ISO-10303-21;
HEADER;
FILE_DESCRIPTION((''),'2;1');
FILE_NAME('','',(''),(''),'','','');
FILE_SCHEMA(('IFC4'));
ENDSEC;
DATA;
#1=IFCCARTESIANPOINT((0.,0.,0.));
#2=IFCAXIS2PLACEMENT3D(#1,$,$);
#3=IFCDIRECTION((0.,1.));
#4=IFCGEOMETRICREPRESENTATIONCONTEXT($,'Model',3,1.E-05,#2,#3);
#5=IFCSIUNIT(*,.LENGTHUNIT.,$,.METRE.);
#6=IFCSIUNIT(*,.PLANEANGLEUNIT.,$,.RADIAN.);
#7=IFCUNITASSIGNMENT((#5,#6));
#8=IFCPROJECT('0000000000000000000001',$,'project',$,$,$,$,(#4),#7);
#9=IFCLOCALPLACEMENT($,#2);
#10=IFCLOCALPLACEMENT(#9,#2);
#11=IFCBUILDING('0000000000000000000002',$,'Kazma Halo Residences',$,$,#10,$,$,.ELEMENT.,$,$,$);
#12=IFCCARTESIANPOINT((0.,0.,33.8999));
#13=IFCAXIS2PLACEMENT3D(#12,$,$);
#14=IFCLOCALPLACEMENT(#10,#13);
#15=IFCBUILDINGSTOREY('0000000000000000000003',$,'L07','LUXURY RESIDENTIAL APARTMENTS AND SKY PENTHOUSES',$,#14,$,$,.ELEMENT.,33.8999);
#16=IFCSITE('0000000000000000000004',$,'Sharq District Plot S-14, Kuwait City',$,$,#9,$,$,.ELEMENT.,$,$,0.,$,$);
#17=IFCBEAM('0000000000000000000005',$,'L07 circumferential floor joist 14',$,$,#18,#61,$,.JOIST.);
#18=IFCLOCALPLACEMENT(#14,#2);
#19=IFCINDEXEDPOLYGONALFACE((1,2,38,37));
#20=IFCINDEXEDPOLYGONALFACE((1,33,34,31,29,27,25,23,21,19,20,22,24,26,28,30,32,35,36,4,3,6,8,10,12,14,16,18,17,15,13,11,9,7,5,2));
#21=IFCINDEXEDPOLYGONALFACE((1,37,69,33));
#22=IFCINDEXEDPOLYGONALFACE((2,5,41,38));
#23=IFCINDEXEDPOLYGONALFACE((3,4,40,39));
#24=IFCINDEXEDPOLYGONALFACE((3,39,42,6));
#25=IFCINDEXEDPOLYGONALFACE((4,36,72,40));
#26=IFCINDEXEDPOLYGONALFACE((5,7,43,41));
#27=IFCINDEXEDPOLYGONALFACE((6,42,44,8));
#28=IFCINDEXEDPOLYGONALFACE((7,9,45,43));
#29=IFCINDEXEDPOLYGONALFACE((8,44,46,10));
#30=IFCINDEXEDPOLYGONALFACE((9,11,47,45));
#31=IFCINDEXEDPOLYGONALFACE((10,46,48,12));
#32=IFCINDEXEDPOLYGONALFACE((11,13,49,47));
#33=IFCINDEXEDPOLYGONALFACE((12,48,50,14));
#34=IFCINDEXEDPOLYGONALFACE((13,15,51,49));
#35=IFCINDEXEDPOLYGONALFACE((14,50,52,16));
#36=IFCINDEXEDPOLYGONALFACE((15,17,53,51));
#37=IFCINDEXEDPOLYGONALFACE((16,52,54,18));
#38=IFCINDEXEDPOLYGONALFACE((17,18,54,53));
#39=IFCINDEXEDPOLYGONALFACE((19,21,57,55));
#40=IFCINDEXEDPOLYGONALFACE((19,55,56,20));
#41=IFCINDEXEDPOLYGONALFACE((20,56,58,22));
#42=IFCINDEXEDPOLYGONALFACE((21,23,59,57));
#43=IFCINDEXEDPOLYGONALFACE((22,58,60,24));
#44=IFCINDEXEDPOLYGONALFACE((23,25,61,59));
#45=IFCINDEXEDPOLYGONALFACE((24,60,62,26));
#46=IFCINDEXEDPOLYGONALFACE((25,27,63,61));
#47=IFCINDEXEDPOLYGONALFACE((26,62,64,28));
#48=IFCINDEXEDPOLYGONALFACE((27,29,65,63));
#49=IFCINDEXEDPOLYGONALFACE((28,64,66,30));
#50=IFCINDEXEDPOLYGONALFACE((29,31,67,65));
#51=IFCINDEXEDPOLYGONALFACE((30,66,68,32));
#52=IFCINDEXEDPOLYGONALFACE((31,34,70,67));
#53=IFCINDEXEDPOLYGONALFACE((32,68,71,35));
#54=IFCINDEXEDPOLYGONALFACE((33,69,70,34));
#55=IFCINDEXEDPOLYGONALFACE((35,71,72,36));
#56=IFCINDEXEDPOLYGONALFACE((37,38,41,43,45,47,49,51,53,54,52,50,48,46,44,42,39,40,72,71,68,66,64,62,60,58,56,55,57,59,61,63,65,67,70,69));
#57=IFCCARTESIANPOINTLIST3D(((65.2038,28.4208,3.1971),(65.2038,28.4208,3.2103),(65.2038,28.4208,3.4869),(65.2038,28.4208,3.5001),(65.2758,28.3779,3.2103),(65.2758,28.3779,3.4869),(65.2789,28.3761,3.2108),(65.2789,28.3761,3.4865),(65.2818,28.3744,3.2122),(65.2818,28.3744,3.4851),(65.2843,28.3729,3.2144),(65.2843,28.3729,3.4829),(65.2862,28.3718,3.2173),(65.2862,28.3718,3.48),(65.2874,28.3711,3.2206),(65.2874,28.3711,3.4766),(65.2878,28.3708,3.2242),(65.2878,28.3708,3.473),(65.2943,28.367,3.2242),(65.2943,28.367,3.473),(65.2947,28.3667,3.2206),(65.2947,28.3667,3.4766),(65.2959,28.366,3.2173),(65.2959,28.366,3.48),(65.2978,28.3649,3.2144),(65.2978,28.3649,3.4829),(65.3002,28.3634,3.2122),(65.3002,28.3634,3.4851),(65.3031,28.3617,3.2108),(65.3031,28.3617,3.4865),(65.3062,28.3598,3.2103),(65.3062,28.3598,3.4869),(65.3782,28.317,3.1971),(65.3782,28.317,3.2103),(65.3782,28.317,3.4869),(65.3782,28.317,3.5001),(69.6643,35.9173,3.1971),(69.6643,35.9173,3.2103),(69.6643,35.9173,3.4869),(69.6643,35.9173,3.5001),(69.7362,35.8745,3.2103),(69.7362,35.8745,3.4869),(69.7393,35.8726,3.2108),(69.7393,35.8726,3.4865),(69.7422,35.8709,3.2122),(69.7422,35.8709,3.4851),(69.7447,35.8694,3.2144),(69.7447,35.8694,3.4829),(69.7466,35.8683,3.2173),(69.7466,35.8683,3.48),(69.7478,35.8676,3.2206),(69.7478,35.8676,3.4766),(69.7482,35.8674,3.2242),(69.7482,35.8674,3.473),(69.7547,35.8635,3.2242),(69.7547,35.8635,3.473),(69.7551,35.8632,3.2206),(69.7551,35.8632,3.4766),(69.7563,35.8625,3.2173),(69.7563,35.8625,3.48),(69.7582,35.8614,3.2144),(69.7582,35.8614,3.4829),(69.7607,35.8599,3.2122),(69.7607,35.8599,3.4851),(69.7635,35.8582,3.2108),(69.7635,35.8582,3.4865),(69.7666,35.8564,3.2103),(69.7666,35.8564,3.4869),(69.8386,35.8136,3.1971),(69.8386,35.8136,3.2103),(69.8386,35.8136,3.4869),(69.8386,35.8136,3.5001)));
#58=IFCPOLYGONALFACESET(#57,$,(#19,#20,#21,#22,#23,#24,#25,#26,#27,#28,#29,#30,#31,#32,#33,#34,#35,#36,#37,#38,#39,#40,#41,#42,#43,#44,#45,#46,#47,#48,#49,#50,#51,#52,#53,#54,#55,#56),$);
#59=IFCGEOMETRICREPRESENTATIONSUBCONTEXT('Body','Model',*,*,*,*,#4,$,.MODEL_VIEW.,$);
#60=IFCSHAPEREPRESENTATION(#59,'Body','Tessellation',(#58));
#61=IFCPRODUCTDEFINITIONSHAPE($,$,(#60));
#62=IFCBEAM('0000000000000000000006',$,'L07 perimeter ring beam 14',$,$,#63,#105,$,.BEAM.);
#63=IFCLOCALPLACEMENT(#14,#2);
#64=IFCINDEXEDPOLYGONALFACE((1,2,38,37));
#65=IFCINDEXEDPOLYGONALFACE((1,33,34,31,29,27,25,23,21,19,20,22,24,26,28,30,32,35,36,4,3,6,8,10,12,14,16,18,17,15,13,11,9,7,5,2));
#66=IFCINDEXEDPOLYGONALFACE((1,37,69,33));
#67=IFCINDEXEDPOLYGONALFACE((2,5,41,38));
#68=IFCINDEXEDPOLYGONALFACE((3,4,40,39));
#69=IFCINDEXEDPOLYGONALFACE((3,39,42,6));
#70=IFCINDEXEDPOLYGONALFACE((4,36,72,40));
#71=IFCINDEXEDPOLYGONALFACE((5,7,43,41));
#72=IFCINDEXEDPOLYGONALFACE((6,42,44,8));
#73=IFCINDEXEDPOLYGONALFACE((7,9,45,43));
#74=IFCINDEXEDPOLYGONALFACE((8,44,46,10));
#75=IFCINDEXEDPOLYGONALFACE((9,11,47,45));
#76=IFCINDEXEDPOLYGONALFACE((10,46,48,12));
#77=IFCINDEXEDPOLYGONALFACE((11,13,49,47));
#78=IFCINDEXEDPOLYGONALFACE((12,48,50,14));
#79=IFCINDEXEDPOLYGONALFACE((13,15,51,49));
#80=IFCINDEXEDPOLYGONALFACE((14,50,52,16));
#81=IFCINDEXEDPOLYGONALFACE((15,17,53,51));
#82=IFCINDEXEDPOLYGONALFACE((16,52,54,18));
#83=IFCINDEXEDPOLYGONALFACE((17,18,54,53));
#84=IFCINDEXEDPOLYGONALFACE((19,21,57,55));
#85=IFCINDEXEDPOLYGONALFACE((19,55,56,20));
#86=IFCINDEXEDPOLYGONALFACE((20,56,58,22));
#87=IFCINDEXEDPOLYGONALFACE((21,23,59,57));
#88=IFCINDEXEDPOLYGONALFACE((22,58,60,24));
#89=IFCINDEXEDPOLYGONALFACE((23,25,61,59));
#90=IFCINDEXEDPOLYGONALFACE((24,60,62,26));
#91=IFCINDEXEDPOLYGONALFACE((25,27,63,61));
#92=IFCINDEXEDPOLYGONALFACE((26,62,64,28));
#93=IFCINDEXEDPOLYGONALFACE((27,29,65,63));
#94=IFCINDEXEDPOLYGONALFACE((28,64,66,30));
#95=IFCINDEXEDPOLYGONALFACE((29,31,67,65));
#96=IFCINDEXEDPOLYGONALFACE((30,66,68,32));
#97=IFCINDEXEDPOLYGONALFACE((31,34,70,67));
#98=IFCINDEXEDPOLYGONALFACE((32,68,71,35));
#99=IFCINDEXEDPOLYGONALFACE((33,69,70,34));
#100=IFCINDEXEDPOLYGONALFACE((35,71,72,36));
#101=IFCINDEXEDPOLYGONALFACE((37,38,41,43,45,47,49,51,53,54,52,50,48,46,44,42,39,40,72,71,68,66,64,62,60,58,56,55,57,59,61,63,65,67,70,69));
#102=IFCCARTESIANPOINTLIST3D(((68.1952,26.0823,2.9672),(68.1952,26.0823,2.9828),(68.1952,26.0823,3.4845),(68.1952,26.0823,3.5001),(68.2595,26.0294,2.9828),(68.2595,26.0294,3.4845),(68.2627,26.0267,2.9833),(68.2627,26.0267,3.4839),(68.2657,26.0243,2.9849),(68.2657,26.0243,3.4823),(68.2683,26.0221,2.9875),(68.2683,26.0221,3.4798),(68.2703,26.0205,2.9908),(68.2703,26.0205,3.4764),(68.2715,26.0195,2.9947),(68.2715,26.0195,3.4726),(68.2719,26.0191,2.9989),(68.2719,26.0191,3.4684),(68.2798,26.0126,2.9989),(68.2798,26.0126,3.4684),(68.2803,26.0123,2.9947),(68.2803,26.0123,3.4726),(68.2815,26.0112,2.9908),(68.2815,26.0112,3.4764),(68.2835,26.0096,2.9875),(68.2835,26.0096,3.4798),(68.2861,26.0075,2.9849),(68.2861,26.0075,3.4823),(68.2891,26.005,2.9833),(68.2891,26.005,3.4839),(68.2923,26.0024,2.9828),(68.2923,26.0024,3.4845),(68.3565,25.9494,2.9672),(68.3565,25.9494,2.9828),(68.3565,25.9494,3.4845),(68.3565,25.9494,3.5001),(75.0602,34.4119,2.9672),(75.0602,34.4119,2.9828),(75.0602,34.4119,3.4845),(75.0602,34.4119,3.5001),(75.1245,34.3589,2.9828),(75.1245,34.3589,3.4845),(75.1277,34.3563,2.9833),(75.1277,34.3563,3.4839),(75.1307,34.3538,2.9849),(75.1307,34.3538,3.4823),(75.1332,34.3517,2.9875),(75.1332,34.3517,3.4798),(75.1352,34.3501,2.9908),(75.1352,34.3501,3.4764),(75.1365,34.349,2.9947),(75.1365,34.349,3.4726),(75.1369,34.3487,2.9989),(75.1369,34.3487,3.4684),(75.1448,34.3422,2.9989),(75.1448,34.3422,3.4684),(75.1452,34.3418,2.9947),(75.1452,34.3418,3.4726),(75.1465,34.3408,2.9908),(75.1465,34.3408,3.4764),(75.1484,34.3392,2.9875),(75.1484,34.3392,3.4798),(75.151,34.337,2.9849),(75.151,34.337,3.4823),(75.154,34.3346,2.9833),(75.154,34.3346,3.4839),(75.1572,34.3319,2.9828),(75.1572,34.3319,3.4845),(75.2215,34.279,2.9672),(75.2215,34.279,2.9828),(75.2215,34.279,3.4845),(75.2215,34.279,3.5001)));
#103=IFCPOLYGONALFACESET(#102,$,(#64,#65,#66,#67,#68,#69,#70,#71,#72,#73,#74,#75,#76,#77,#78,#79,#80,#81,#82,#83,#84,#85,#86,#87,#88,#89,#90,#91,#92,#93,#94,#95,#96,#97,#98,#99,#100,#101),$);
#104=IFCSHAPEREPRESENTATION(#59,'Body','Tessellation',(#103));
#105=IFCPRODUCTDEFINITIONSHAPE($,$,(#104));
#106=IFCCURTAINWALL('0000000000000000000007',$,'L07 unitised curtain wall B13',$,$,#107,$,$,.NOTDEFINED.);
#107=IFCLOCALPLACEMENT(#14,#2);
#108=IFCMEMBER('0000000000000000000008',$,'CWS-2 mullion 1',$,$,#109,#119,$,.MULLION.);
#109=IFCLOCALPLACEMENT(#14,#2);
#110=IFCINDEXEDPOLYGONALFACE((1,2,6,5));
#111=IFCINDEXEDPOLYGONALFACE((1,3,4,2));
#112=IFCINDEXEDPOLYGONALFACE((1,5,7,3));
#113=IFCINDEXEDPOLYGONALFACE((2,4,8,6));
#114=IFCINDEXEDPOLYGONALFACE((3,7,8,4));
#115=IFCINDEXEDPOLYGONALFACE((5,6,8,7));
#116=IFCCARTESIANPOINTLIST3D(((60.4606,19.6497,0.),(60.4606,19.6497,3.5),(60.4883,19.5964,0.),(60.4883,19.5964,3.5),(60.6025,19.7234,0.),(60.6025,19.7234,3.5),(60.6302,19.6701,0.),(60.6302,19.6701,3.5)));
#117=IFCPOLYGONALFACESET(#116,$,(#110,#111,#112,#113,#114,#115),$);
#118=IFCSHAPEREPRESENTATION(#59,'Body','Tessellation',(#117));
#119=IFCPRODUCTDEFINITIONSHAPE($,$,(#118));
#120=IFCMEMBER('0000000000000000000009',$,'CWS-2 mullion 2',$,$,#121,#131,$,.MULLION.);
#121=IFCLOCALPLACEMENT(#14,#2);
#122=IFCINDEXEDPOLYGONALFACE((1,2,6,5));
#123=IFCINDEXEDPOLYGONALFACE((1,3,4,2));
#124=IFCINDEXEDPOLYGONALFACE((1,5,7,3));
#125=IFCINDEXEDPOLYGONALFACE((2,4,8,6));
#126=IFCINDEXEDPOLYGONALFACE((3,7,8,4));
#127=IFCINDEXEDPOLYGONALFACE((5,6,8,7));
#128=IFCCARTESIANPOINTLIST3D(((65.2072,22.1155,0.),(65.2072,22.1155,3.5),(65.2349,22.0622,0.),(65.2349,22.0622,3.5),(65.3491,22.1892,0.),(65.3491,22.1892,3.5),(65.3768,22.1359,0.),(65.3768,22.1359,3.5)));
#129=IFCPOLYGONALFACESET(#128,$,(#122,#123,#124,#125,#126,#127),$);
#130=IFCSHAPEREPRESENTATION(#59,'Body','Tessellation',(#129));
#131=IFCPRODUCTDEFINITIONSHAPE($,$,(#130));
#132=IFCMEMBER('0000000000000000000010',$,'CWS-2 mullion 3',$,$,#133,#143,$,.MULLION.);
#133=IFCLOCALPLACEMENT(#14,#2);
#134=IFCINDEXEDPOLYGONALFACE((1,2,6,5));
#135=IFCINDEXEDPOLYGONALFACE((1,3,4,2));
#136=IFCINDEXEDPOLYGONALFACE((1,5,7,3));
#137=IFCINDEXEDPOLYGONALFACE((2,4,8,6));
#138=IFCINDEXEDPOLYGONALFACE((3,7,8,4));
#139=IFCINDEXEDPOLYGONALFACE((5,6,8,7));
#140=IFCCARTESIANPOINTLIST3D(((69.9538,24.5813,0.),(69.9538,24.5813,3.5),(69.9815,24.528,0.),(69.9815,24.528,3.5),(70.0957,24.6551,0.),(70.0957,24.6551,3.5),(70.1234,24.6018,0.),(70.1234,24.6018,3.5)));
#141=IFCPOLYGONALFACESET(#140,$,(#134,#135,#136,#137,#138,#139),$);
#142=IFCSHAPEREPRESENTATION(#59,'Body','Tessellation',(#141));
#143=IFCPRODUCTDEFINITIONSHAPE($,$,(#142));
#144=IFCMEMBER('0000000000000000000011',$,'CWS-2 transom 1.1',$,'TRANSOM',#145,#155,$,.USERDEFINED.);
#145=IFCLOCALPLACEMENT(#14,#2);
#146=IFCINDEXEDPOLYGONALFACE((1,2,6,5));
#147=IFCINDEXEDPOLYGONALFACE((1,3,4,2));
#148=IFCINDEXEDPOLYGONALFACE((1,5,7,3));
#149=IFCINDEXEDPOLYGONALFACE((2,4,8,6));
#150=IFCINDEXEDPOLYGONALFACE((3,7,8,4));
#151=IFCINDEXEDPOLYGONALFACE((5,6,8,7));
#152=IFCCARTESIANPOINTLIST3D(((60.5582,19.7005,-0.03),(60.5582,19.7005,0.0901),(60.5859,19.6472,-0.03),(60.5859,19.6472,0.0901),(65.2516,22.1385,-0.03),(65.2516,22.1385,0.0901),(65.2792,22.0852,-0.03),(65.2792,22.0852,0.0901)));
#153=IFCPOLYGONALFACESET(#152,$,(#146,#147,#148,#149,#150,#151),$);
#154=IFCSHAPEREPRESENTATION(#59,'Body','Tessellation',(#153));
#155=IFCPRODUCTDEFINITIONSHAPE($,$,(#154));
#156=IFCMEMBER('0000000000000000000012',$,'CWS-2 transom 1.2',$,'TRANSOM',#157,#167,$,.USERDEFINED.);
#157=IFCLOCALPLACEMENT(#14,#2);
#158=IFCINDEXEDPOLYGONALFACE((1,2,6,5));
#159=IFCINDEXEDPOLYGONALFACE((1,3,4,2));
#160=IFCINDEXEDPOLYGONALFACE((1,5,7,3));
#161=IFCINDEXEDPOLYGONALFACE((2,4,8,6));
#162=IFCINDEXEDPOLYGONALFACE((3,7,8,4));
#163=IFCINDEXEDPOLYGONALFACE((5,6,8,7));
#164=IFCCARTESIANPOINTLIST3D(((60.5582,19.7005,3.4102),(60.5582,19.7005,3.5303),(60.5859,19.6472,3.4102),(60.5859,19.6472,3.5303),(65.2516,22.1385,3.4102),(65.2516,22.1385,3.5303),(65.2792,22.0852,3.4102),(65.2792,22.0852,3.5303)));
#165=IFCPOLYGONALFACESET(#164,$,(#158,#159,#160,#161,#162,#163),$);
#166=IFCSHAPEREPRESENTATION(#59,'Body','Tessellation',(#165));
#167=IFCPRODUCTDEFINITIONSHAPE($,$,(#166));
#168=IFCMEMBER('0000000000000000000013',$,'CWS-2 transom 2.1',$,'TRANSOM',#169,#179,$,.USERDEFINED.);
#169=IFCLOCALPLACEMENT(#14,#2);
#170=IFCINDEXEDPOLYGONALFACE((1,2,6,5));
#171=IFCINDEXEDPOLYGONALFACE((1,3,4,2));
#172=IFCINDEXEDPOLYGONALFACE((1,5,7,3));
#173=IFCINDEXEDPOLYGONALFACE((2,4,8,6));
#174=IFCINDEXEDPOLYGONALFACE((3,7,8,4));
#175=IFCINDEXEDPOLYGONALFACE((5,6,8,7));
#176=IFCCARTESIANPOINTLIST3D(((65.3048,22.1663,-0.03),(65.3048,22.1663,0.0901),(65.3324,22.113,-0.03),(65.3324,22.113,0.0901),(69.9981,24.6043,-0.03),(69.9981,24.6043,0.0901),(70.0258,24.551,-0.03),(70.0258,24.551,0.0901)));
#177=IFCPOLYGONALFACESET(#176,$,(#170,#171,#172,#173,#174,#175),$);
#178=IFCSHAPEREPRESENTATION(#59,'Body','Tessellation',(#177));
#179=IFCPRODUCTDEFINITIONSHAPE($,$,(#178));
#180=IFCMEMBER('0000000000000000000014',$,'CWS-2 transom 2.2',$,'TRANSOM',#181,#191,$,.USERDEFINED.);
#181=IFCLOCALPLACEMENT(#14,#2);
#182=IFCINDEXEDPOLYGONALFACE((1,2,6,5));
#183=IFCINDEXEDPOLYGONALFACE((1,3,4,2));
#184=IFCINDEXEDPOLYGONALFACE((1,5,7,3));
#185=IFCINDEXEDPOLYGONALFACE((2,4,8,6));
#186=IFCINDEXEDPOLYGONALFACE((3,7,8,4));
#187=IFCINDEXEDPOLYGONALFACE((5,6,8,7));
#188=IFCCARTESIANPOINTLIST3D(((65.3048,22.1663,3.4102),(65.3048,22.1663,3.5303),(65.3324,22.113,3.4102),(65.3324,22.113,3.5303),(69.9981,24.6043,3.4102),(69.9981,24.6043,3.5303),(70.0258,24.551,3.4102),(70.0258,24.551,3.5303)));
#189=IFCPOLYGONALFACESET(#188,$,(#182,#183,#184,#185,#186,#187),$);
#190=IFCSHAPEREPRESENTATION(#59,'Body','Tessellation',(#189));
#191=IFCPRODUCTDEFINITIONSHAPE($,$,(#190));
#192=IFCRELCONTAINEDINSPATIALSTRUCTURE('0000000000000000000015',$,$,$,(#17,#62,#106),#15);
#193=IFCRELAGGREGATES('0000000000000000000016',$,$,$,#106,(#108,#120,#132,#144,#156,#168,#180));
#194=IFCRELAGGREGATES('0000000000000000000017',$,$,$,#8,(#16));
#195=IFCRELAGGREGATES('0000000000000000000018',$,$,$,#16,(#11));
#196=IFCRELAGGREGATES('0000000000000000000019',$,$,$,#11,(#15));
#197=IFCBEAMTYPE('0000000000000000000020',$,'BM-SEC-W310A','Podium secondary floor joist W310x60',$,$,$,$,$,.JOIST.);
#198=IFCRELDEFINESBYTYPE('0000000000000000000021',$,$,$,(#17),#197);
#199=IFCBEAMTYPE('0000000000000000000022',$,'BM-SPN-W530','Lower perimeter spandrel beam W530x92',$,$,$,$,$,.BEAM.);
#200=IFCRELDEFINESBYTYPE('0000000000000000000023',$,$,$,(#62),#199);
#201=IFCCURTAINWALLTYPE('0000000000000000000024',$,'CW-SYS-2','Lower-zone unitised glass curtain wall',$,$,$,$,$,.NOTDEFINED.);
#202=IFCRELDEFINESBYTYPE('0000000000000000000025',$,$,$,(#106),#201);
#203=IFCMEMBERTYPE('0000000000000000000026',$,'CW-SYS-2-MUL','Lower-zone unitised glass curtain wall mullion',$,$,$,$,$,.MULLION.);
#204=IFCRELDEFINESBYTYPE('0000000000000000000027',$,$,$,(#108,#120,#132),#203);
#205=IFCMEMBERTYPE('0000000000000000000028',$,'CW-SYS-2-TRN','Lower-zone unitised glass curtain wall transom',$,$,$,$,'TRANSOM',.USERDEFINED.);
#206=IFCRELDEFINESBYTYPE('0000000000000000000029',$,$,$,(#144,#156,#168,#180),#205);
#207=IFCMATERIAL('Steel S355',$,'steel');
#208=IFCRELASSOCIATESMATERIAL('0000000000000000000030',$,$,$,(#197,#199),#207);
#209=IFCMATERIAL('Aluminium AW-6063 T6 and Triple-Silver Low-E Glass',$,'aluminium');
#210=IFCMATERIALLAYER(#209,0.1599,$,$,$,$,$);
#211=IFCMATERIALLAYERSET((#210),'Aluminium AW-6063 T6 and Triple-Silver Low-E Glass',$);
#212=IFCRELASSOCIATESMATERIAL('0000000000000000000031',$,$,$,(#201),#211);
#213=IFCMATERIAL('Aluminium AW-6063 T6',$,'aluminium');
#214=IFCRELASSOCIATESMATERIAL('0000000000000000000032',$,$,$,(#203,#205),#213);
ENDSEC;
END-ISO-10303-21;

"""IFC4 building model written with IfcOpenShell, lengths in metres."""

from ifc_helpers import new_model, si_unit, direction, frame, origin, origin_2d, place, context, subcontext, project, spatial, rectangle, i_section, extrude, material, layer, layer_set, material_profile, profile_set, type_object, element, aggregate, save


model = new_model("IFC4")

# Units and contexts
model_context = context("Model", 3, precision=1e-05, world=origin(), true_north=direction((0.0, 1.0)))
body_context = subcontext(model_context, "Body", "Model", "MODEL_VIEW")
ifc_project = project(units=[si_unit("LENGTHUNIT", "METRE"), si_unit("PLANEANGLEUNIT", "RADIAN")], contexts=[model_context])

# Site, building, storey
site_placement = place(None, origin())
site = spatial("IfcSite", under=ifc_project, at=site_placement, Name="Sharq District Plot S-14, Kuwait City", CompositionType="ELEMENT", RefElevation=0.0)
building_placement = place(site_placement, origin())
building = spatial("IfcBuilding", under=site, at=building_placement, Name="Kazma Halo Residences", CompositionType="ELEMENT")
storey_placement = place(building_placement, frame((0.0, 0.0, 33.8999)))
storey = spatial("IfcBuildingStorey", under=building, at=storey_placement, Name="L07", Description="LUXURY RESIDENTIAL APARTMENTS AND SKY PENTHOUSES", CompositionType="ELEMENT", Elevation=33.8999)

# Beams
ifc_material_1 = material(Name="Steel S355", Category="steel")
ifc_material_profile_1 = material_profile(ifc_material_1, i_section(OverallWidth=0.2029, OverallDepth=0.303, WebThickness=0.0076, FlangeThickness=0.0132, FilletRadius=0.0139, at=origin_2d()), Name="W310x60")
ifc_profile_set_1 = profile_set([ifc_material_profile_1], Name="Steel S355")
beam_type_1 = type_object("IfcBeamType", Name="BM-SEC-W310A", Description="Podium secondary floor joist W310x60", PredefinedType="JOIST", material=ifc_profile_set_1)
beam_1_placement = place(storey_placement, frame((65.291, 28.3689, 3.3486), z_axis=(0.511331, 0.859384, 0.0), x_axis=(-0.859384, 0.511331, 0.0)))
element("IfcBeam", 1, at=beam_1_placement, inside=storey, type_object=beam_type_1, Name="L07 circumferential floor joist 14", PredefinedType="JOIST", context=body_context, shape_type="SweptSolid", body=[
    extrude(i_section(OverallWidth=0.2029, OverallDepth=0.303, WebThickness=0.0076, FlangeThickness=0.0132, FilletRadius=0.0139, at=origin_2d()), origin(), (0.0, 0.0, 1.0), 8.7231),
])
ifc_material_profile_2 = material_profile(ifc_material_1, i_section(OverallWidth=0.209, OverallDepth=0.533, WebThickness=0.0103, FlangeThickness=0.0156, FilletRadius=0.0161, at=origin_2d()), Name="W530x92")
ifc_profile_set_2 = profile_set([ifc_material_profile_2], Name="Steel S355")
beam_type_2 = type_object("IfcBeamType", Name="BM-SPN-W530", Description="Lower perimeter spandrel beam W530x92", PredefinedType="BEAM", material=ifc_profile_set_2)
beam_2_placement = place(storey_placement, frame((68.2759, 26.0159, 3.2336), z_axis=(0.636001, 0.771688, 0.0), x_axis=(-0.771688, 0.636001, 0.0)))
element("IfcBeam", 2, at=beam_2_placement, inside=storey, type_object=beam_type_2, Name="L07 perimeter ring beam 14", PredefinedType="BEAM", context=body_context, shape_type="SweptSolid", body=[
    extrude(i_section(OverallWidth=0.209, OverallDepth=0.533, WebThickness=0.0103, FlangeThickness=0.0156, FilletRadius=0.0161, at=origin_2d()), origin(), (0.0, 0.0, 1.0), 10.7939),
])

# Curtain wall, members
ifc_material_2 = material(Name="Aluminium AW-6063 T6 and Triple-Silver Low-E Glass", Category="aluminium")
ifc_layer_1 = layer(ifc_material_2, 0.1599)
ifc_layer_set_1 = layer_set([ifc_layer_1], Name="Aluminium AW-6063 T6 and Triple-Silver Low-E Glass")
curtain_wall_type = type_object("IfcCurtainWallType", Name="CW-SYS-2", Description="Lower-zone unitised glass curtain wall", PredefinedType="NOTDEFINED", material=ifc_layer_set_1)
curtain_wall_placement = place(storey_placement, origin())
curtain_wall = element("IfcCurtainWall", 3, at=curtain_wall_placement, inside=storey, type_object=curtain_wall_type, Name="L07 unitised curtain wall B13", PredefinedType="NOTDEFINED")
ifc_material_3 = material(Name="Aluminium AW-6063 T6", Category="aluminium")
ifc_material_profile_3 = material_profile(ifc_material_3, rectangle(XDim=0.0601, YDim=0.1599, at=origin_2d()), Name="CWM-60x160")
ifc_profile_set_3 = profile_set([ifc_material_profile_3], Name="Aluminium AW-6063 T6")
member_type_1 = type_object("IfcMemberType", Name="CW-SYS-2-MUL", Description="Lower-zone unitised glass curtain wall mullion", PredefinedType="MULLION", material=ifc_profile_set_3)
member_1_placement = place(storey_placement, frame((60.5454, 19.6599, 0.0), z_axis=(0.0, 0.0, 1.0), x_axis=(-0.460996, 0.887402, 0.0)))
member_1 = element("IfcMember", 4, at=member_1_placement, type_object=member_type_1, Name="CWS-2 mullion 1", PredefinedType="MULLION", context=body_context, shape_type="SweptSolid", body=[
    extrude(rectangle(XDim=0.0601, YDim=0.1599, at=origin_2d()), origin(), (0.0, 0.0, 1.0), 3.5),
])
member_2_placement = place(storey_placement, frame((65.292, 22.1257, 0.0), z_axis=(0.0, 0.0, 1.0), x_axis=(-0.460996, 0.887402, 0.0)))
member_2 = element("IfcMember", 5, at=member_2_placement, type_object=member_type_1, Name="CWS-2 mullion 2", PredefinedType="MULLION", context=body_context, shape_type="SweptSolid", body=[
    extrude(rectangle(XDim=0.0601, YDim=0.1599, at=origin_2d()), origin(), (0.0, 0.0, 1.0), 3.5),
])
member_3_placement = place(storey_placement, frame((70.0386, 24.5916, 0.0), z_axis=(0.0, 0.0, 1.0), x_axis=(-0.460996, 0.887402, 0.0)))
member_3 = element("IfcMember", 6, at=member_3_placement, type_object=member_type_1, Name="CWS-2 mullion 3", PredefinedType="MULLION", context=body_context, shape_type="SweptSolid", body=[
    extrude(rectangle(XDim=0.0601, YDim=0.1599, at=origin_2d()), origin(), (0.0, 0.0, 1.0), 3.5),
])
ifc_material_profile_4 = material_profile(ifc_material_3, rectangle(XDim=0.0601, YDim=0.1201, at=origin_2d()), Name="CWT-60x120")
ifc_profile_set_4 = profile_set([ifc_material_profile_4], Name="Aluminium AW-6063 T6")
member_type_2 = type_object("IfcMemberType", Name="CW-SYS-2-TRN", Description="Lower-zone unitised glass curtain wall transom", ElementType="TRANSOM", PredefinedType="USERDEFINED", material=ifc_profile_set_4)
member_4_placement = place(storey_placement, frame((60.572, 19.6738, 0.03), z_axis=(0.887415, 0.460972, 0.0), x_axis=(-0.460972, 0.887415, 0.0)))
member_4 = element("IfcMember", 7, at=member_4_placement, type_object=member_type_2, Name="CWS-2 transom 1.1", ObjectType="TRANSOM", PredefinedType="USERDEFINED", context=body_context, shape_type="SweptSolid", body=[
    extrude(rectangle(XDim=0.0601, YDim=0.1201, at=origin_2d()), origin(), (0.0, 0.0, 1.0), 5.2888),
])
member_5_placement = place(storey_placement, frame((60.572, 19.6738, 3.4702), z_axis=(0.887415, 0.460972, 0.0), x_axis=(-0.460972, 0.887415, 0.0)))
member_5 = element("IfcMember", 8, at=member_5_placement, type_object=member_type_2, Name="CWS-2 transom 1.2", ObjectType="TRANSOM", PredefinedType="USERDEFINED", context=body_context, shape_type="SweptSolid", body=[
    extrude(rectangle(XDim=0.0601, YDim=0.1201, at=origin_2d()), origin(), (0.0, 0.0, 1.0), 5.2888),
])
member_6_placement = place(storey_placement, frame((65.3186, 22.1396, 0.03), z_axis=(0.887415, 0.460972, 0.0), x_axis=(-0.460972, 0.887415, 0.0)))
member_6 = element("IfcMember", 9, at=member_6_placement, type_object=member_type_2, Name="CWS-2 transom 2.1", ObjectType="TRANSOM", PredefinedType="USERDEFINED", context=body_context, shape_type="SweptSolid", body=[
    extrude(rectangle(XDim=0.0601, YDim=0.1201, at=origin_2d()), origin(), (0.0, 0.0, 1.0), 5.2888),
])
member_7_placement = place(storey_placement, frame((65.3186, 22.1396, 3.4702), z_axis=(0.887415, 0.460972, 0.0), x_axis=(-0.460972, 0.887415, 0.0)))
member_7 = element("IfcMember", 10, at=member_7_placement, type_object=member_type_2, Name="CWS-2 transom 2.2", ObjectType="TRANSOM", PredefinedType="USERDEFINED", context=body_context, shape_type="SweptSolid", body=[
    extrude(rectangle(XDim=0.0601, YDim=0.1201, at=origin_2d()), origin(), (0.0, 0.0, 1.0), 5.2888),
])
aggregate(curtain_wall, [member_1, member_2, member_3, member_4, member_5, member_6, member_7])

save(model, "model.ifc")
